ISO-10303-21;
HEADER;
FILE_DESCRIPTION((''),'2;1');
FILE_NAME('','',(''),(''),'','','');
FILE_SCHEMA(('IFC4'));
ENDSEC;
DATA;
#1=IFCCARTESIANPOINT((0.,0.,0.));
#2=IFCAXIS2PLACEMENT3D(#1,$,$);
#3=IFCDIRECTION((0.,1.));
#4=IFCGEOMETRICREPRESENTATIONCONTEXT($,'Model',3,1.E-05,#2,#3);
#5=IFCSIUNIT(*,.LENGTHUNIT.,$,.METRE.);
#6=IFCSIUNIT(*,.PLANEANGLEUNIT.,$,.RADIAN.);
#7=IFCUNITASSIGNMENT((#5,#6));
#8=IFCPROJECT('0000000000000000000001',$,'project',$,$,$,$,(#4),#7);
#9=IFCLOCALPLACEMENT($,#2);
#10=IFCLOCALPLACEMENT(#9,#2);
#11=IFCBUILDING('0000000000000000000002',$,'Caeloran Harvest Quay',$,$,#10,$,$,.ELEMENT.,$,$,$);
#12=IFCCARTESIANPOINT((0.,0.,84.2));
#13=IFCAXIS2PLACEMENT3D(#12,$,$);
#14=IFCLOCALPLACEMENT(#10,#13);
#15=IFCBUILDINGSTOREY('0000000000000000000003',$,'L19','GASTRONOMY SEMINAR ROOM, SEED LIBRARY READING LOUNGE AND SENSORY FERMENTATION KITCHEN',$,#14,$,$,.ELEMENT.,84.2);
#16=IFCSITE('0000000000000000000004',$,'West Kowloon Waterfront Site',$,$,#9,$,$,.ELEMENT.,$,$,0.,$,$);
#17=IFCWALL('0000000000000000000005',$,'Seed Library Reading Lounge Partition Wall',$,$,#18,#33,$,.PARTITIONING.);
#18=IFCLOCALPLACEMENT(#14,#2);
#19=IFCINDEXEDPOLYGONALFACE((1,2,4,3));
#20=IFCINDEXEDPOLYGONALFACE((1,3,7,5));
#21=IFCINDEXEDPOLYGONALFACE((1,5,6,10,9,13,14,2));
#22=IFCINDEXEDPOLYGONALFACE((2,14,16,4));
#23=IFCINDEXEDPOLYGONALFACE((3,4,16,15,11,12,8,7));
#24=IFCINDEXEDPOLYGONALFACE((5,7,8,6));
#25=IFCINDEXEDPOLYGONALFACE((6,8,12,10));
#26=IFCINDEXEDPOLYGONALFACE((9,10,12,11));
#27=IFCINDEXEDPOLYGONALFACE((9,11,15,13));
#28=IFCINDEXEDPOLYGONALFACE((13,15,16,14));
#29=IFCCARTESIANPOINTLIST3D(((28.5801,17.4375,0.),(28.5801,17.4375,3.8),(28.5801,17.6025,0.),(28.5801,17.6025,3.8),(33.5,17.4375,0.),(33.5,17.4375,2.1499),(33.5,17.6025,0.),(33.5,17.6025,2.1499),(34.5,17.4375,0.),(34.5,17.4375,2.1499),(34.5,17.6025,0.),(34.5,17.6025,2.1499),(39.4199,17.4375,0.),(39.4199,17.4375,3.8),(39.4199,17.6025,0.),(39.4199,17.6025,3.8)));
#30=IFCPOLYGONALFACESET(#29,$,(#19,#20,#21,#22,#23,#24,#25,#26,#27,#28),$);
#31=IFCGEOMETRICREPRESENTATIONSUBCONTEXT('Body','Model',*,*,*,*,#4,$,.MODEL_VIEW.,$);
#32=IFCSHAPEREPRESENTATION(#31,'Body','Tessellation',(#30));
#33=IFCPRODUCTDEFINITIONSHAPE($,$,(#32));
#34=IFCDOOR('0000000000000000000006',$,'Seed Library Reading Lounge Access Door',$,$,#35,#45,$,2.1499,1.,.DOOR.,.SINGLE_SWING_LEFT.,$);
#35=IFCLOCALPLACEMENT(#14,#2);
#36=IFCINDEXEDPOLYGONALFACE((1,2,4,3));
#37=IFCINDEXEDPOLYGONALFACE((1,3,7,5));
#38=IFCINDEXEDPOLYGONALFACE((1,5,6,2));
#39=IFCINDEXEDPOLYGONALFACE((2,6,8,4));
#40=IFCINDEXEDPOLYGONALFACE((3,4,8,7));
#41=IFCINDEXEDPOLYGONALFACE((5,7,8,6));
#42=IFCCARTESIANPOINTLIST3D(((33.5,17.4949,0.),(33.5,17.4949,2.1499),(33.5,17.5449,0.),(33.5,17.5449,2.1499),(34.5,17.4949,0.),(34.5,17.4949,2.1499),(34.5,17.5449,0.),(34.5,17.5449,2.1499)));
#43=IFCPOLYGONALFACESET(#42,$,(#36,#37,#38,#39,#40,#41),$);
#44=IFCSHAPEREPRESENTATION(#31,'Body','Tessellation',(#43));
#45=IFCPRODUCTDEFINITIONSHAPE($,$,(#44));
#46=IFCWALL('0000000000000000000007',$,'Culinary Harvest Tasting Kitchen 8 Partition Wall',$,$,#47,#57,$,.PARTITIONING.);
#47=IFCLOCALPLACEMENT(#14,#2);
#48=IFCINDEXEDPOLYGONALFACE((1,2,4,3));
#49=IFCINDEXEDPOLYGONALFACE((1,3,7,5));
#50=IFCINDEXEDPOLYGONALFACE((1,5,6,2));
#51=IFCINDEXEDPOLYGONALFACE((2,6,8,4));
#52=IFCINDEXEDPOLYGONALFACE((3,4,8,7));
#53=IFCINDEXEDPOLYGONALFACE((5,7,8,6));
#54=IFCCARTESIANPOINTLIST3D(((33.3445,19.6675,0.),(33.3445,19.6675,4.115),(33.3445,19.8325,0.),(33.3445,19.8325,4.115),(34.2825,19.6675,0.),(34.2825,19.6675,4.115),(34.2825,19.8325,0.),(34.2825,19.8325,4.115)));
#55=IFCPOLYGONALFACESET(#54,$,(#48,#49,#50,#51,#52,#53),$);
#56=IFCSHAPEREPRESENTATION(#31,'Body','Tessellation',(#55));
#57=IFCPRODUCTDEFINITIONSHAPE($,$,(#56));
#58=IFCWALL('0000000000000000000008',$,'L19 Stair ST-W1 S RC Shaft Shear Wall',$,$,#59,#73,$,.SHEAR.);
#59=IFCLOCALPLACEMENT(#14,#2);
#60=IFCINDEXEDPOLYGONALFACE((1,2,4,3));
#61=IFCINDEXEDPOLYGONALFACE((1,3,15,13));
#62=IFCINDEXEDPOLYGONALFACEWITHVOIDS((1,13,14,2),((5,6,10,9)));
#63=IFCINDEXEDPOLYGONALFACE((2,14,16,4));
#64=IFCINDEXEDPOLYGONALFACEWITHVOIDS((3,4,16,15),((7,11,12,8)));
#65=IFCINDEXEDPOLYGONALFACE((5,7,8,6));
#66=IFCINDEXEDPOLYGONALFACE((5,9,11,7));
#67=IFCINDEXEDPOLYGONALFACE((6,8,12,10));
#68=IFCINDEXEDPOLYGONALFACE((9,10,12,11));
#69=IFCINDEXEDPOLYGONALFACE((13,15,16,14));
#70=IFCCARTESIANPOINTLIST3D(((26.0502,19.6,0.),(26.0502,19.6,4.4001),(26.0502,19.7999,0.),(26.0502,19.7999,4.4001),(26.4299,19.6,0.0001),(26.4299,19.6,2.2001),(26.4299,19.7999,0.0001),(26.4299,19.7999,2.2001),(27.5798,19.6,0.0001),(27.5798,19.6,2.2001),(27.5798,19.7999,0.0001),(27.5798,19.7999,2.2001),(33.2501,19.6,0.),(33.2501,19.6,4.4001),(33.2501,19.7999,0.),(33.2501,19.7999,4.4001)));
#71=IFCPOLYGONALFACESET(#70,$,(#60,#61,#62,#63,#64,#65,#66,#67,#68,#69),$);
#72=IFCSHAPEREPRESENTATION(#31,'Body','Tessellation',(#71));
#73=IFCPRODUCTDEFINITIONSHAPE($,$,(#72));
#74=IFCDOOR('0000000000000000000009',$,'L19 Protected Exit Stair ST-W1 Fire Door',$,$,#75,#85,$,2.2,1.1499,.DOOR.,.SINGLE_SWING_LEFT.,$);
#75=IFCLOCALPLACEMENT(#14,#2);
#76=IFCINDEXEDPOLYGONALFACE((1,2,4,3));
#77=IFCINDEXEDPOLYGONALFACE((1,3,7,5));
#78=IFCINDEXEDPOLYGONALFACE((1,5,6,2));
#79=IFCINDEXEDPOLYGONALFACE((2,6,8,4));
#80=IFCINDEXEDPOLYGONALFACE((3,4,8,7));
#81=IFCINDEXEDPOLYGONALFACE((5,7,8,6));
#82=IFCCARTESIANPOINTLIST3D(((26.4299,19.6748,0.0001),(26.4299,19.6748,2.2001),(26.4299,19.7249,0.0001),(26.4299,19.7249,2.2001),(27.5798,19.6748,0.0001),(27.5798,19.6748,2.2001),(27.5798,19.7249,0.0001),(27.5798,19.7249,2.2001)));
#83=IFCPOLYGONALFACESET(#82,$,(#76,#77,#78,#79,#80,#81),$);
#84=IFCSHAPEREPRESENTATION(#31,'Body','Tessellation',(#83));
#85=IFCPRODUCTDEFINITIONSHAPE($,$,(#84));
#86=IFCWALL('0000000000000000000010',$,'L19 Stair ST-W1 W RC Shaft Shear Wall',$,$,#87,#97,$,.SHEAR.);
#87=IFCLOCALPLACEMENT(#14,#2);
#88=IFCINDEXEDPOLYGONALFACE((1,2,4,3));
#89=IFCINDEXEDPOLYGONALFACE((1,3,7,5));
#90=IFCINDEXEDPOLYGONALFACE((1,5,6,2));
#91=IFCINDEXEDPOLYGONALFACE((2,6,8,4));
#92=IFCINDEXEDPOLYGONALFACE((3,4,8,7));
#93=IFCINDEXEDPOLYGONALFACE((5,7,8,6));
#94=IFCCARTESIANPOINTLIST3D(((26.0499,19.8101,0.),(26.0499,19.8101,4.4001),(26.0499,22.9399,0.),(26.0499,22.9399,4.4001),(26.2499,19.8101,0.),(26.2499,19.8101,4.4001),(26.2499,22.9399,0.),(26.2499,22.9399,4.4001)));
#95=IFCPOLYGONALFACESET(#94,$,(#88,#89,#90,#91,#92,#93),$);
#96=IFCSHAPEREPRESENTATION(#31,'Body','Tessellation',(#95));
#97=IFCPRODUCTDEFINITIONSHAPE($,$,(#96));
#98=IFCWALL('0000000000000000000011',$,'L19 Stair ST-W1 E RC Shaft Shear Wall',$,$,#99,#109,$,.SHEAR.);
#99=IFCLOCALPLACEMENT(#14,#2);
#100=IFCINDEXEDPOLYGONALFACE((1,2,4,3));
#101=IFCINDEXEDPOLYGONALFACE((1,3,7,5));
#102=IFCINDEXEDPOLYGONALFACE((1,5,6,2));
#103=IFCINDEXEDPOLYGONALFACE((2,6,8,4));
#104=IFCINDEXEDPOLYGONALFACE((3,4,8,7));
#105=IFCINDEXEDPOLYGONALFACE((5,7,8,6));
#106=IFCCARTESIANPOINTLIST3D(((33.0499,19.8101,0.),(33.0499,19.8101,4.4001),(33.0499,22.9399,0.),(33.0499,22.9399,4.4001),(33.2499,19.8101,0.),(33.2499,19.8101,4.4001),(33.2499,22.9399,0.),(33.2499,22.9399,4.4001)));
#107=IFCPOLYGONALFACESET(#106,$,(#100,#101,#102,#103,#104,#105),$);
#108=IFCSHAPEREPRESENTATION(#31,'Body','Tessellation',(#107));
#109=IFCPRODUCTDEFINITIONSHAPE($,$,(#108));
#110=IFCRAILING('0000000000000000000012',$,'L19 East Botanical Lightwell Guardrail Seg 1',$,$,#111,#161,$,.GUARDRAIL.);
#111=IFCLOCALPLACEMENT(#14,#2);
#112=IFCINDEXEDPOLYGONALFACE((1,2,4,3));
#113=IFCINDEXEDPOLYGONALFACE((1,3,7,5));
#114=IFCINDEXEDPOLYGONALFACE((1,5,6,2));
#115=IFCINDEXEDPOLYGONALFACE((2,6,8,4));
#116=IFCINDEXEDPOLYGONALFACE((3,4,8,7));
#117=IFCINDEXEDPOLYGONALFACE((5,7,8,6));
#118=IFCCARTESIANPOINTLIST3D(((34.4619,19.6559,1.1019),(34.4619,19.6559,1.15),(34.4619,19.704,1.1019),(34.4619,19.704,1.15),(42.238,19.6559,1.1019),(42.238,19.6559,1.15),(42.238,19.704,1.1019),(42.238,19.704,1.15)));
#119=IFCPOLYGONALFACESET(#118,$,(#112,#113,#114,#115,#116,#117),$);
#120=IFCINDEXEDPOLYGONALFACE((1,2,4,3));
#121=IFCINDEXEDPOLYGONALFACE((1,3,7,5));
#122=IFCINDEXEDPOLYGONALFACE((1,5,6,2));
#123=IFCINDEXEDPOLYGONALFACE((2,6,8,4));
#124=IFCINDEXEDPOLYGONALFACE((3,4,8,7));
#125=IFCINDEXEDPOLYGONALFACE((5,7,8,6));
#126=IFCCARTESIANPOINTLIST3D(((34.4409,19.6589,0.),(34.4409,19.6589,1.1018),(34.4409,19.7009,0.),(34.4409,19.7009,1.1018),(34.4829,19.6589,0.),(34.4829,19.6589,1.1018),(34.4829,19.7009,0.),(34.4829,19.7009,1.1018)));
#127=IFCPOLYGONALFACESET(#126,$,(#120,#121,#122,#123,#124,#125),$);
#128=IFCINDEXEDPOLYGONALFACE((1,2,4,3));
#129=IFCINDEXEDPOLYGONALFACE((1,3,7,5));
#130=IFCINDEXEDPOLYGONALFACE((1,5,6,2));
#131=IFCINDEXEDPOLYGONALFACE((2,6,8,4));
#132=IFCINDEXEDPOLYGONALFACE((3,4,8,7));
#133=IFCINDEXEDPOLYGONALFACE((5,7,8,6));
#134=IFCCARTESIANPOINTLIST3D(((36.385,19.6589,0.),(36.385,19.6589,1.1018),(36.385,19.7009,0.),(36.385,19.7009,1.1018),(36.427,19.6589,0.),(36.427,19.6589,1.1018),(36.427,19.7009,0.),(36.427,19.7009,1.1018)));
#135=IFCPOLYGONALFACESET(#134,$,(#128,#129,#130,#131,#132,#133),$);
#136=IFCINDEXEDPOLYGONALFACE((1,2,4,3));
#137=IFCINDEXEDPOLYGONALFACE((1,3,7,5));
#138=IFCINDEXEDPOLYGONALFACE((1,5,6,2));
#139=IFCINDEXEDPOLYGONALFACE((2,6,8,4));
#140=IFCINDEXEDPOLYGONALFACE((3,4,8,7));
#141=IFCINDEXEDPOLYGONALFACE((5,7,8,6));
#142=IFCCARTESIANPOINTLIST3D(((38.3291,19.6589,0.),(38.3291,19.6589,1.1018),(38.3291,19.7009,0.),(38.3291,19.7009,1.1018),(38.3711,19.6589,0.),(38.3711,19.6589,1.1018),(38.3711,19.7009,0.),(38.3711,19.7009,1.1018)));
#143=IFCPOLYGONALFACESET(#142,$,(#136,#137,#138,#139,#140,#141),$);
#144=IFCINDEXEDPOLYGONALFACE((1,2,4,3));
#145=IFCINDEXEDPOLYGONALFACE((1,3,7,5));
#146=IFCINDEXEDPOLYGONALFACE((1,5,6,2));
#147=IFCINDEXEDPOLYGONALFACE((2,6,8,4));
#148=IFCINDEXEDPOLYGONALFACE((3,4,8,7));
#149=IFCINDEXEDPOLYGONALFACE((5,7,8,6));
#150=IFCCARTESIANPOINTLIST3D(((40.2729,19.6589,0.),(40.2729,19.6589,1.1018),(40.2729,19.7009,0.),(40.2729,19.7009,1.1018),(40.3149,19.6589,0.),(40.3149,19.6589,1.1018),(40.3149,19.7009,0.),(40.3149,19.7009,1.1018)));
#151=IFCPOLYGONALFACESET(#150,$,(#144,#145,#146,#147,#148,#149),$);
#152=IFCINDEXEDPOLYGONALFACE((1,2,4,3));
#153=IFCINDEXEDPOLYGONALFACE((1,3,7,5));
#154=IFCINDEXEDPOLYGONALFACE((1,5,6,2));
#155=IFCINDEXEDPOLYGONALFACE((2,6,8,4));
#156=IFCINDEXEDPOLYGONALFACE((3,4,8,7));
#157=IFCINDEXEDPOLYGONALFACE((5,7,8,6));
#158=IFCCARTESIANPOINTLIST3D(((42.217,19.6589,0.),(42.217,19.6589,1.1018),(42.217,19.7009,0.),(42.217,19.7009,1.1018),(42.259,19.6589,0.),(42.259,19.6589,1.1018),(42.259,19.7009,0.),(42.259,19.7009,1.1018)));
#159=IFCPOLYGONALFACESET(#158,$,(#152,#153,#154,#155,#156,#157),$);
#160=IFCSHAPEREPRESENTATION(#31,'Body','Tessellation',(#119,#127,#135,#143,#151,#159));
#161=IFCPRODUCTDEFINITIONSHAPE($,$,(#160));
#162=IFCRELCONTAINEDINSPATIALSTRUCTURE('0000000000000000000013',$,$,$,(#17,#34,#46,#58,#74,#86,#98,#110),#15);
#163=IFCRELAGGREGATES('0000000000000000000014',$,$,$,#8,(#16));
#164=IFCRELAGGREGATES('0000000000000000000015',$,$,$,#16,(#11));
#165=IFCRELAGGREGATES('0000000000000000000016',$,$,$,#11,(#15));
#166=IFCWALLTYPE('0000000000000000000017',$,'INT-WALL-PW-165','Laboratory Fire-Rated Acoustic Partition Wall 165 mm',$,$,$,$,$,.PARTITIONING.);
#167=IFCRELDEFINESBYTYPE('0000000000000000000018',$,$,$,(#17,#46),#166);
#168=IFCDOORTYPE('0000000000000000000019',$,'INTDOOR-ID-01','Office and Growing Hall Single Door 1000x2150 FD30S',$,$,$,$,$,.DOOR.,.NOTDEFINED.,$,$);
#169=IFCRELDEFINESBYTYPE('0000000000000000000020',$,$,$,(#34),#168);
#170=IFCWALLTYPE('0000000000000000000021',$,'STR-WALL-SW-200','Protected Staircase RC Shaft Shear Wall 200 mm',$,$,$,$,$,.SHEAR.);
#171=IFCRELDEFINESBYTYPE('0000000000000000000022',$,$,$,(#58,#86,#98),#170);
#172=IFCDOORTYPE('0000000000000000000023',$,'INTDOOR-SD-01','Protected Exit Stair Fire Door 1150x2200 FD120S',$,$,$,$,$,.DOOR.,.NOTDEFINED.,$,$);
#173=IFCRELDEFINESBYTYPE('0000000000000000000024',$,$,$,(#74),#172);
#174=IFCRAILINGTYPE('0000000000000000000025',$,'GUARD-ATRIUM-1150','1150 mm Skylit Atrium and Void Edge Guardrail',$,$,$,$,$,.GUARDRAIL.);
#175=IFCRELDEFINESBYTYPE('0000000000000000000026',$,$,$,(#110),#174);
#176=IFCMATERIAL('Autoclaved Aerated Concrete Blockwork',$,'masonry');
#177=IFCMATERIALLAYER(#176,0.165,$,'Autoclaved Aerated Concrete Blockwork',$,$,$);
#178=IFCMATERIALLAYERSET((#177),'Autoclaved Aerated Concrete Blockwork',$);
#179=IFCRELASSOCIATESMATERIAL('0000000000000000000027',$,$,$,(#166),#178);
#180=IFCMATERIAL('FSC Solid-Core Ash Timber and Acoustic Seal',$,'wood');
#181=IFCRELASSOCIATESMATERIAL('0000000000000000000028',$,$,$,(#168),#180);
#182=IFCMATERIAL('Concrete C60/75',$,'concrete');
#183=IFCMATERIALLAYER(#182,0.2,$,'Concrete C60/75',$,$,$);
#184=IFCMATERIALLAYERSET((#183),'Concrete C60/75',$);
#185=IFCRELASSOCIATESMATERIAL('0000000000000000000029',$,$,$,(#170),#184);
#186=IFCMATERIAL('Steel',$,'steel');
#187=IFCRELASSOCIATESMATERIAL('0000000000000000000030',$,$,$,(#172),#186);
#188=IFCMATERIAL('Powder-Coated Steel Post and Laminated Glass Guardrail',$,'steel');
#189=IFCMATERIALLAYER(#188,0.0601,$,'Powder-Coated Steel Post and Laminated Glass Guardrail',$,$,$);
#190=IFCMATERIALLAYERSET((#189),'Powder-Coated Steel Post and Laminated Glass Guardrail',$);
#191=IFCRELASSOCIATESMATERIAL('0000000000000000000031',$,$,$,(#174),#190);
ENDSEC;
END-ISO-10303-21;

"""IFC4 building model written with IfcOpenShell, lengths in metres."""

from ifc_helpers import new_model, si_unit, direction, frame, frame_2d, origin, origin_2d, place, context, subcontext, project, spatial, rectangle, extrude, material, layer, layer_set, type_object, element, fill, save


model = new_model("IFC4")

# Units and contexts
model_context = context("Model", 3, precision=1e-05, world=origin(), true_north=direction((0.0, 1.0)))
body_context = subcontext(model_context, "Body", "Model", "MODEL_VIEW")
ifc_project = project(units=[si_unit("LENGTHUNIT", "METRE"), si_unit("PLANEANGLEUNIT", "RADIAN")], contexts=[model_context])

# Site, building, storey
site_placement = place(None, origin())
site = spatial("IfcSite", under=ifc_project, at=site_placement, Name="West Kowloon Waterfront Site", CompositionType="ELEMENT", RefElevation=0.0)
building_placement = place(site_placement, origin())
building = spatial("IfcBuilding", under=site, at=building_placement, Name="Caeloran Harvest Quay", CompositionType="ELEMENT")
storey_placement = place(building_placement, frame((0.0, 0.0, 84.2)))
storey = spatial("IfcBuildingStorey", under=building, at=storey_placement, Name="L19", Description="GASTRONOMY SEMINAR ROOM, SEED LIBRARY READING LOUNGE AND SENSORY FERMENTATION KITCHEN", CompositionType="ELEMENT", Elevation=84.2)

# Shared definitions
ifc_material_1 = material(Name="Autoclaved Aerated Concrete Blockwork", Category="masonry")
ifc_layer_1 = layer(ifc_material_1, 0.165, Name="Autoclaved Aerated Concrete Blockwork")
ifc_layer_set_1 = layer_set([ifc_layer_1], Name="Autoclaved Aerated Concrete Blockwork")
wall_type_1 = type_object("IfcWallType", Name="INT-WALL-PW-165", Description="Laboratory Fire-Rated Acoustic Partition Wall 165 mm", PredefinedType="PARTITIONING", material=ifc_layer_set_1)

# Wall, opening, door
ifc_material_2 = material(Name="FSC Solid-Core Ash Timber and Acoustic Seal", Category="wood")
door_type_1 = type_object("IfcDoorType", Name="INTDOOR-ID-01", Description="Office and Growing Hall Single Door 1000x2150 FD30S", OperationType="NOTDEFINED", PredefinedType="DOOR", material=ifc_material_2)
wall_1_placement = place(storey_placement, frame((28.5801, 17.52, 0.0), z_axis=(0.0, 0.0, 1.0), x_axis=(1.0, 0.0, 0.0)))
wall_1 = element("IfcWall", 1, at=wall_1_placement, inside=storey, type_object=wall_type_1, Name="Seed Library Reading Lounge Partition Wall", PredefinedType="PARTITIONING", context=body_context, shape_type="SweptSolid", body=[
    extrude(rectangle(XDim=10.8398, YDim=0.165, at=frame_2d((5.4199, 0.0))), origin(), (0.0, 0.0, 1.0), 3.8),
])
opening_1_placement = place(wall_1_placement, frame((4.9199, 0.0, 0.0)))
opening_1 = element("IfcOpeningElement", 2, at=opening_1_placement, cuts=wall_1, PredefinedType="OPENING", context=body_context, shape_type="SweptSolid", body=[
    extrude(rectangle(XDim=1.0, YDim=2.1499, at=frame_2d((0.5, 1.075))), frame((0.0, 0.0925, 0.0), z_axis=(0.0, -1.0, 0.0), x_axis=(1.0, 0.0, 0.0)), (0.0, 0.0, 1.0), 0.1851),
])
door_1_placement = place(opening_1_placement, origin())
door_1 = element("IfcDoor", 3, at=door_1_placement, inside=storey, type_object=door_type_1, Name="Seed Library Reading Lounge Access Door", OperationType="SINGLE_SWING_LEFT", OverallHeight=2.1499, OverallWidth=1.0, PredefinedType="DOOR", context=body_context, shape_type="SweptSolid", body=[
    extrude(rectangle(XDim=1.0, YDim=2.1499, at=frame_2d((0.5, 1.075))), frame((0.0, 0.0249, 0.0), z_axis=(0.0, -1.0, 0.0), x_axis=(1.0, 0.0, 0.0)), (0.0, 0.0, 1.0), 0.05),
])
fill(opening_1, door_1)

# Wall
wall_2_placement = place(storey_placement, frame((34.2825, 19.75, 0.0), z_axis=(0.0, 0.0, 1.0), x_axis=(-1.0, 0.0, 0.0)))
element("IfcWall", 4, at=wall_2_placement, inside=storey, type_object=wall_type_1, Name="Culinary Harvest Tasting Kitchen 8 Partition Wall", PredefinedType="PARTITIONING", context=body_context, shape_type="SweptSolid", body=[
    extrude(rectangle(XDim=0.938, YDim=0.165, at=frame_2d((0.469, 0.0))), origin(), (0.0, 0.0, 1.0), 4.115),
])

# Wall, opening, door
ifc_material_3 = material(Name="Concrete C60/75", Category="concrete")
ifc_layer_2 = layer(ifc_material_3, 0.2, Name="Concrete C60/75")
ifc_layer_set_2 = layer_set([ifc_layer_2], Name="Concrete C60/75")
wall_type_2 = type_object("IfcWallType", Name="STR-WALL-SW-200", Description="Protected Staircase RC Shaft Shear Wall 200 mm", PredefinedType="SHEAR", material=ifc_layer_set_2)
wall_3_placement = place(storey_placement, frame((26.05, 19.7, 0.0), z_axis=(0.0, 0.0, 1.0), x_axis=(1.0, 0.0, 0.0)))
wall_3 = element("IfcWall", 5, at=wall_3_placement, inside=storey, type_object=wall_type_2, Name="L19 Stair ST-W1 S RC Shaft Shear Wall", PredefinedType="SHEAR", context=body_context, shape_type="SweptSolid", body=[
    extrude(rectangle(XDim=7.2, YDim=0.2, at=frame_2d((3.6001, 0.0))), origin(), (0.0, 0.0, 1.0), 4.4001),
])
opening_2_placement = place(wall_3_placement, frame((0.3799, 0.0, 0.0)))
opening_2 = element("IfcOpeningElement", 6, at=opening_2_placement, cuts=wall_3, PredefinedType="OPENING", context=body_context, shape_type="SweptSolid", body=[
    extrude(rectangle(XDim=1.1499, YDim=2.2, at=frame_2d((0.575, 1.1001))), frame((0.0, 0.1099, 0.0), z_axis=(0.0, -1.0, 0.0), x_axis=(1.0, 0.0, 0.0)), (0.0, 0.0, 1.0), 0.22),
])
ifc_material_4 = material(Name="Steel", Category="steel")
door_type_2 = type_object("IfcDoorType", Name="INTDOOR-SD-01", Description="Protected Exit Stair Fire Door 1150x2200 FD120S", OperationType="NOTDEFINED", PredefinedType="DOOR", material=ifc_material_4)
door_2_placement = place(opening_2_placement, origin())
door_2 = element("IfcDoor", 7, at=door_2_placement, inside=storey, type_object=door_type_2, Name="L19 Protected Exit Stair ST-W1 Fire Door", OperationType="SINGLE_SWING_LEFT", OverallHeight=2.2, OverallWidth=1.1499, PredefinedType="DOOR", context=body_context, shape_type="SweptSolid", body=[
    extrude(rectangle(XDim=1.1499, YDim=2.2, at=frame_2d((0.575, 1.1001))), frame((0.0, 0.0249, 0.0), z_axis=(0.0, -1.0, 0.0), x_axis=(1.0, 0.0, 0.0)), (0.0, 0.0, 1.0), 0.05),
])
fill(opening_2, door_2)

# Walls
for number, where, z_axis, x_axis, name in (
    (8, (26.1499, 19.8101, 0.0), (0.0, 0.0, 1.0), (0.0, 1.0, 0.0), "L19 Stair ST-W1 W RC Shaft Shear Wall"),
    (9, (33.1499, 19.8101, 0.0), (0.0, 0.0, 1.0), (0.0, 1.0, 0.0), "L19 Stair ST-W1 E RC Shaft Shear Wall"),
):
    element("IfcWall", number, at=place(storey_placement, frame(where, z_axis=z_axis, x_axis=x_axis)), inside=storey, type_object=wall_type_2, Name=name, PredefinedType="SHEAR", context=body_context, shape_type="SweptSolid", body=[
        extrude(rectangle(XDim=3.1299, YDim=0.2, at=frame_2d((1.5649, 0.0))), origin(), (0.0, 0.0, 1.0), 4.4001),
    ])

# Railing
ifc_material_5 = material(Name="Powder-Coated Steel Post and Laminated Glass Guardrail", Category="steel")
ifc_layer_3 = layer(ifc_material_5, 0.0601, Name="Powder-Coated Steel Post and Laminated Glass Guardrail")
ifc_layer_set_3 = layer_set([ifc_layer_3], Name="Powder-Coated Steel Post and Laminated Glass Guardrail")
railing_type_1 = type_object("IfcRailingType", Name="GUARD-ATRIUM-1150", Description="1150 mm Skylit Atrium and Void Edge Guardrail", PredefinedType="GUARDRAIL", material=ifc_layer_set_3)
railing_1_placement = place(storey_placement, frame((34.4619, 19.6799, 0.0)))
element("IfcRailing", 10, at=railing_1_placement, inside=storey, type_object=railing_type_1, Name="L19 East Botanical Lightwell Guardrail Seg 1", PredefinedType="GUARDRAIL", context=body_context, shape_type="SweptSolid", body=[
    extrude(rectangle(XDim=0.0481, YDim=0.0481, at=origin_2d()), frame((0.0, 0.0, 1.126), z_axis=(1.0, 0.0, 0.0), x_axis=(0.0, 1.0, 0.0)), (0.0, 0.0, 1.0), 7.7761),
    extrude(rectangle(XDim=0.042, YDim=0.042, at=origin_2d()), origin(), (0.0, 0.0, 1.0), 1.1018),
    extrude(rectangle(XDim=0.042, YDim=0.042, at=origin_2d()), frame((1.9441, 0.0, 0.0)), (0.0, 0.0, 1.0), 1.1018),
    extrude(rectangle(XDim=0.042, YDim=0.042, at=origin_2d()), frame((3.8882, 0.0, 0.0)), (0.0, 0.0, 1.0), 1.1018),
    extrude(rectangle(XDim=0.042, YDim=0.042, at=origin_2d()), frame((5.832, 0.0, 0.0)), (0.0, 0.0, 1.0), 1.1018),
    extrude(rectangle(XDim=0.042, YDim=0.042, at=origin_2d()), frame((7.7761, 0.0, 0.0)), (0.0, 0.0, 1.0), 1.1018),
])

save(model, "model.ifc")
